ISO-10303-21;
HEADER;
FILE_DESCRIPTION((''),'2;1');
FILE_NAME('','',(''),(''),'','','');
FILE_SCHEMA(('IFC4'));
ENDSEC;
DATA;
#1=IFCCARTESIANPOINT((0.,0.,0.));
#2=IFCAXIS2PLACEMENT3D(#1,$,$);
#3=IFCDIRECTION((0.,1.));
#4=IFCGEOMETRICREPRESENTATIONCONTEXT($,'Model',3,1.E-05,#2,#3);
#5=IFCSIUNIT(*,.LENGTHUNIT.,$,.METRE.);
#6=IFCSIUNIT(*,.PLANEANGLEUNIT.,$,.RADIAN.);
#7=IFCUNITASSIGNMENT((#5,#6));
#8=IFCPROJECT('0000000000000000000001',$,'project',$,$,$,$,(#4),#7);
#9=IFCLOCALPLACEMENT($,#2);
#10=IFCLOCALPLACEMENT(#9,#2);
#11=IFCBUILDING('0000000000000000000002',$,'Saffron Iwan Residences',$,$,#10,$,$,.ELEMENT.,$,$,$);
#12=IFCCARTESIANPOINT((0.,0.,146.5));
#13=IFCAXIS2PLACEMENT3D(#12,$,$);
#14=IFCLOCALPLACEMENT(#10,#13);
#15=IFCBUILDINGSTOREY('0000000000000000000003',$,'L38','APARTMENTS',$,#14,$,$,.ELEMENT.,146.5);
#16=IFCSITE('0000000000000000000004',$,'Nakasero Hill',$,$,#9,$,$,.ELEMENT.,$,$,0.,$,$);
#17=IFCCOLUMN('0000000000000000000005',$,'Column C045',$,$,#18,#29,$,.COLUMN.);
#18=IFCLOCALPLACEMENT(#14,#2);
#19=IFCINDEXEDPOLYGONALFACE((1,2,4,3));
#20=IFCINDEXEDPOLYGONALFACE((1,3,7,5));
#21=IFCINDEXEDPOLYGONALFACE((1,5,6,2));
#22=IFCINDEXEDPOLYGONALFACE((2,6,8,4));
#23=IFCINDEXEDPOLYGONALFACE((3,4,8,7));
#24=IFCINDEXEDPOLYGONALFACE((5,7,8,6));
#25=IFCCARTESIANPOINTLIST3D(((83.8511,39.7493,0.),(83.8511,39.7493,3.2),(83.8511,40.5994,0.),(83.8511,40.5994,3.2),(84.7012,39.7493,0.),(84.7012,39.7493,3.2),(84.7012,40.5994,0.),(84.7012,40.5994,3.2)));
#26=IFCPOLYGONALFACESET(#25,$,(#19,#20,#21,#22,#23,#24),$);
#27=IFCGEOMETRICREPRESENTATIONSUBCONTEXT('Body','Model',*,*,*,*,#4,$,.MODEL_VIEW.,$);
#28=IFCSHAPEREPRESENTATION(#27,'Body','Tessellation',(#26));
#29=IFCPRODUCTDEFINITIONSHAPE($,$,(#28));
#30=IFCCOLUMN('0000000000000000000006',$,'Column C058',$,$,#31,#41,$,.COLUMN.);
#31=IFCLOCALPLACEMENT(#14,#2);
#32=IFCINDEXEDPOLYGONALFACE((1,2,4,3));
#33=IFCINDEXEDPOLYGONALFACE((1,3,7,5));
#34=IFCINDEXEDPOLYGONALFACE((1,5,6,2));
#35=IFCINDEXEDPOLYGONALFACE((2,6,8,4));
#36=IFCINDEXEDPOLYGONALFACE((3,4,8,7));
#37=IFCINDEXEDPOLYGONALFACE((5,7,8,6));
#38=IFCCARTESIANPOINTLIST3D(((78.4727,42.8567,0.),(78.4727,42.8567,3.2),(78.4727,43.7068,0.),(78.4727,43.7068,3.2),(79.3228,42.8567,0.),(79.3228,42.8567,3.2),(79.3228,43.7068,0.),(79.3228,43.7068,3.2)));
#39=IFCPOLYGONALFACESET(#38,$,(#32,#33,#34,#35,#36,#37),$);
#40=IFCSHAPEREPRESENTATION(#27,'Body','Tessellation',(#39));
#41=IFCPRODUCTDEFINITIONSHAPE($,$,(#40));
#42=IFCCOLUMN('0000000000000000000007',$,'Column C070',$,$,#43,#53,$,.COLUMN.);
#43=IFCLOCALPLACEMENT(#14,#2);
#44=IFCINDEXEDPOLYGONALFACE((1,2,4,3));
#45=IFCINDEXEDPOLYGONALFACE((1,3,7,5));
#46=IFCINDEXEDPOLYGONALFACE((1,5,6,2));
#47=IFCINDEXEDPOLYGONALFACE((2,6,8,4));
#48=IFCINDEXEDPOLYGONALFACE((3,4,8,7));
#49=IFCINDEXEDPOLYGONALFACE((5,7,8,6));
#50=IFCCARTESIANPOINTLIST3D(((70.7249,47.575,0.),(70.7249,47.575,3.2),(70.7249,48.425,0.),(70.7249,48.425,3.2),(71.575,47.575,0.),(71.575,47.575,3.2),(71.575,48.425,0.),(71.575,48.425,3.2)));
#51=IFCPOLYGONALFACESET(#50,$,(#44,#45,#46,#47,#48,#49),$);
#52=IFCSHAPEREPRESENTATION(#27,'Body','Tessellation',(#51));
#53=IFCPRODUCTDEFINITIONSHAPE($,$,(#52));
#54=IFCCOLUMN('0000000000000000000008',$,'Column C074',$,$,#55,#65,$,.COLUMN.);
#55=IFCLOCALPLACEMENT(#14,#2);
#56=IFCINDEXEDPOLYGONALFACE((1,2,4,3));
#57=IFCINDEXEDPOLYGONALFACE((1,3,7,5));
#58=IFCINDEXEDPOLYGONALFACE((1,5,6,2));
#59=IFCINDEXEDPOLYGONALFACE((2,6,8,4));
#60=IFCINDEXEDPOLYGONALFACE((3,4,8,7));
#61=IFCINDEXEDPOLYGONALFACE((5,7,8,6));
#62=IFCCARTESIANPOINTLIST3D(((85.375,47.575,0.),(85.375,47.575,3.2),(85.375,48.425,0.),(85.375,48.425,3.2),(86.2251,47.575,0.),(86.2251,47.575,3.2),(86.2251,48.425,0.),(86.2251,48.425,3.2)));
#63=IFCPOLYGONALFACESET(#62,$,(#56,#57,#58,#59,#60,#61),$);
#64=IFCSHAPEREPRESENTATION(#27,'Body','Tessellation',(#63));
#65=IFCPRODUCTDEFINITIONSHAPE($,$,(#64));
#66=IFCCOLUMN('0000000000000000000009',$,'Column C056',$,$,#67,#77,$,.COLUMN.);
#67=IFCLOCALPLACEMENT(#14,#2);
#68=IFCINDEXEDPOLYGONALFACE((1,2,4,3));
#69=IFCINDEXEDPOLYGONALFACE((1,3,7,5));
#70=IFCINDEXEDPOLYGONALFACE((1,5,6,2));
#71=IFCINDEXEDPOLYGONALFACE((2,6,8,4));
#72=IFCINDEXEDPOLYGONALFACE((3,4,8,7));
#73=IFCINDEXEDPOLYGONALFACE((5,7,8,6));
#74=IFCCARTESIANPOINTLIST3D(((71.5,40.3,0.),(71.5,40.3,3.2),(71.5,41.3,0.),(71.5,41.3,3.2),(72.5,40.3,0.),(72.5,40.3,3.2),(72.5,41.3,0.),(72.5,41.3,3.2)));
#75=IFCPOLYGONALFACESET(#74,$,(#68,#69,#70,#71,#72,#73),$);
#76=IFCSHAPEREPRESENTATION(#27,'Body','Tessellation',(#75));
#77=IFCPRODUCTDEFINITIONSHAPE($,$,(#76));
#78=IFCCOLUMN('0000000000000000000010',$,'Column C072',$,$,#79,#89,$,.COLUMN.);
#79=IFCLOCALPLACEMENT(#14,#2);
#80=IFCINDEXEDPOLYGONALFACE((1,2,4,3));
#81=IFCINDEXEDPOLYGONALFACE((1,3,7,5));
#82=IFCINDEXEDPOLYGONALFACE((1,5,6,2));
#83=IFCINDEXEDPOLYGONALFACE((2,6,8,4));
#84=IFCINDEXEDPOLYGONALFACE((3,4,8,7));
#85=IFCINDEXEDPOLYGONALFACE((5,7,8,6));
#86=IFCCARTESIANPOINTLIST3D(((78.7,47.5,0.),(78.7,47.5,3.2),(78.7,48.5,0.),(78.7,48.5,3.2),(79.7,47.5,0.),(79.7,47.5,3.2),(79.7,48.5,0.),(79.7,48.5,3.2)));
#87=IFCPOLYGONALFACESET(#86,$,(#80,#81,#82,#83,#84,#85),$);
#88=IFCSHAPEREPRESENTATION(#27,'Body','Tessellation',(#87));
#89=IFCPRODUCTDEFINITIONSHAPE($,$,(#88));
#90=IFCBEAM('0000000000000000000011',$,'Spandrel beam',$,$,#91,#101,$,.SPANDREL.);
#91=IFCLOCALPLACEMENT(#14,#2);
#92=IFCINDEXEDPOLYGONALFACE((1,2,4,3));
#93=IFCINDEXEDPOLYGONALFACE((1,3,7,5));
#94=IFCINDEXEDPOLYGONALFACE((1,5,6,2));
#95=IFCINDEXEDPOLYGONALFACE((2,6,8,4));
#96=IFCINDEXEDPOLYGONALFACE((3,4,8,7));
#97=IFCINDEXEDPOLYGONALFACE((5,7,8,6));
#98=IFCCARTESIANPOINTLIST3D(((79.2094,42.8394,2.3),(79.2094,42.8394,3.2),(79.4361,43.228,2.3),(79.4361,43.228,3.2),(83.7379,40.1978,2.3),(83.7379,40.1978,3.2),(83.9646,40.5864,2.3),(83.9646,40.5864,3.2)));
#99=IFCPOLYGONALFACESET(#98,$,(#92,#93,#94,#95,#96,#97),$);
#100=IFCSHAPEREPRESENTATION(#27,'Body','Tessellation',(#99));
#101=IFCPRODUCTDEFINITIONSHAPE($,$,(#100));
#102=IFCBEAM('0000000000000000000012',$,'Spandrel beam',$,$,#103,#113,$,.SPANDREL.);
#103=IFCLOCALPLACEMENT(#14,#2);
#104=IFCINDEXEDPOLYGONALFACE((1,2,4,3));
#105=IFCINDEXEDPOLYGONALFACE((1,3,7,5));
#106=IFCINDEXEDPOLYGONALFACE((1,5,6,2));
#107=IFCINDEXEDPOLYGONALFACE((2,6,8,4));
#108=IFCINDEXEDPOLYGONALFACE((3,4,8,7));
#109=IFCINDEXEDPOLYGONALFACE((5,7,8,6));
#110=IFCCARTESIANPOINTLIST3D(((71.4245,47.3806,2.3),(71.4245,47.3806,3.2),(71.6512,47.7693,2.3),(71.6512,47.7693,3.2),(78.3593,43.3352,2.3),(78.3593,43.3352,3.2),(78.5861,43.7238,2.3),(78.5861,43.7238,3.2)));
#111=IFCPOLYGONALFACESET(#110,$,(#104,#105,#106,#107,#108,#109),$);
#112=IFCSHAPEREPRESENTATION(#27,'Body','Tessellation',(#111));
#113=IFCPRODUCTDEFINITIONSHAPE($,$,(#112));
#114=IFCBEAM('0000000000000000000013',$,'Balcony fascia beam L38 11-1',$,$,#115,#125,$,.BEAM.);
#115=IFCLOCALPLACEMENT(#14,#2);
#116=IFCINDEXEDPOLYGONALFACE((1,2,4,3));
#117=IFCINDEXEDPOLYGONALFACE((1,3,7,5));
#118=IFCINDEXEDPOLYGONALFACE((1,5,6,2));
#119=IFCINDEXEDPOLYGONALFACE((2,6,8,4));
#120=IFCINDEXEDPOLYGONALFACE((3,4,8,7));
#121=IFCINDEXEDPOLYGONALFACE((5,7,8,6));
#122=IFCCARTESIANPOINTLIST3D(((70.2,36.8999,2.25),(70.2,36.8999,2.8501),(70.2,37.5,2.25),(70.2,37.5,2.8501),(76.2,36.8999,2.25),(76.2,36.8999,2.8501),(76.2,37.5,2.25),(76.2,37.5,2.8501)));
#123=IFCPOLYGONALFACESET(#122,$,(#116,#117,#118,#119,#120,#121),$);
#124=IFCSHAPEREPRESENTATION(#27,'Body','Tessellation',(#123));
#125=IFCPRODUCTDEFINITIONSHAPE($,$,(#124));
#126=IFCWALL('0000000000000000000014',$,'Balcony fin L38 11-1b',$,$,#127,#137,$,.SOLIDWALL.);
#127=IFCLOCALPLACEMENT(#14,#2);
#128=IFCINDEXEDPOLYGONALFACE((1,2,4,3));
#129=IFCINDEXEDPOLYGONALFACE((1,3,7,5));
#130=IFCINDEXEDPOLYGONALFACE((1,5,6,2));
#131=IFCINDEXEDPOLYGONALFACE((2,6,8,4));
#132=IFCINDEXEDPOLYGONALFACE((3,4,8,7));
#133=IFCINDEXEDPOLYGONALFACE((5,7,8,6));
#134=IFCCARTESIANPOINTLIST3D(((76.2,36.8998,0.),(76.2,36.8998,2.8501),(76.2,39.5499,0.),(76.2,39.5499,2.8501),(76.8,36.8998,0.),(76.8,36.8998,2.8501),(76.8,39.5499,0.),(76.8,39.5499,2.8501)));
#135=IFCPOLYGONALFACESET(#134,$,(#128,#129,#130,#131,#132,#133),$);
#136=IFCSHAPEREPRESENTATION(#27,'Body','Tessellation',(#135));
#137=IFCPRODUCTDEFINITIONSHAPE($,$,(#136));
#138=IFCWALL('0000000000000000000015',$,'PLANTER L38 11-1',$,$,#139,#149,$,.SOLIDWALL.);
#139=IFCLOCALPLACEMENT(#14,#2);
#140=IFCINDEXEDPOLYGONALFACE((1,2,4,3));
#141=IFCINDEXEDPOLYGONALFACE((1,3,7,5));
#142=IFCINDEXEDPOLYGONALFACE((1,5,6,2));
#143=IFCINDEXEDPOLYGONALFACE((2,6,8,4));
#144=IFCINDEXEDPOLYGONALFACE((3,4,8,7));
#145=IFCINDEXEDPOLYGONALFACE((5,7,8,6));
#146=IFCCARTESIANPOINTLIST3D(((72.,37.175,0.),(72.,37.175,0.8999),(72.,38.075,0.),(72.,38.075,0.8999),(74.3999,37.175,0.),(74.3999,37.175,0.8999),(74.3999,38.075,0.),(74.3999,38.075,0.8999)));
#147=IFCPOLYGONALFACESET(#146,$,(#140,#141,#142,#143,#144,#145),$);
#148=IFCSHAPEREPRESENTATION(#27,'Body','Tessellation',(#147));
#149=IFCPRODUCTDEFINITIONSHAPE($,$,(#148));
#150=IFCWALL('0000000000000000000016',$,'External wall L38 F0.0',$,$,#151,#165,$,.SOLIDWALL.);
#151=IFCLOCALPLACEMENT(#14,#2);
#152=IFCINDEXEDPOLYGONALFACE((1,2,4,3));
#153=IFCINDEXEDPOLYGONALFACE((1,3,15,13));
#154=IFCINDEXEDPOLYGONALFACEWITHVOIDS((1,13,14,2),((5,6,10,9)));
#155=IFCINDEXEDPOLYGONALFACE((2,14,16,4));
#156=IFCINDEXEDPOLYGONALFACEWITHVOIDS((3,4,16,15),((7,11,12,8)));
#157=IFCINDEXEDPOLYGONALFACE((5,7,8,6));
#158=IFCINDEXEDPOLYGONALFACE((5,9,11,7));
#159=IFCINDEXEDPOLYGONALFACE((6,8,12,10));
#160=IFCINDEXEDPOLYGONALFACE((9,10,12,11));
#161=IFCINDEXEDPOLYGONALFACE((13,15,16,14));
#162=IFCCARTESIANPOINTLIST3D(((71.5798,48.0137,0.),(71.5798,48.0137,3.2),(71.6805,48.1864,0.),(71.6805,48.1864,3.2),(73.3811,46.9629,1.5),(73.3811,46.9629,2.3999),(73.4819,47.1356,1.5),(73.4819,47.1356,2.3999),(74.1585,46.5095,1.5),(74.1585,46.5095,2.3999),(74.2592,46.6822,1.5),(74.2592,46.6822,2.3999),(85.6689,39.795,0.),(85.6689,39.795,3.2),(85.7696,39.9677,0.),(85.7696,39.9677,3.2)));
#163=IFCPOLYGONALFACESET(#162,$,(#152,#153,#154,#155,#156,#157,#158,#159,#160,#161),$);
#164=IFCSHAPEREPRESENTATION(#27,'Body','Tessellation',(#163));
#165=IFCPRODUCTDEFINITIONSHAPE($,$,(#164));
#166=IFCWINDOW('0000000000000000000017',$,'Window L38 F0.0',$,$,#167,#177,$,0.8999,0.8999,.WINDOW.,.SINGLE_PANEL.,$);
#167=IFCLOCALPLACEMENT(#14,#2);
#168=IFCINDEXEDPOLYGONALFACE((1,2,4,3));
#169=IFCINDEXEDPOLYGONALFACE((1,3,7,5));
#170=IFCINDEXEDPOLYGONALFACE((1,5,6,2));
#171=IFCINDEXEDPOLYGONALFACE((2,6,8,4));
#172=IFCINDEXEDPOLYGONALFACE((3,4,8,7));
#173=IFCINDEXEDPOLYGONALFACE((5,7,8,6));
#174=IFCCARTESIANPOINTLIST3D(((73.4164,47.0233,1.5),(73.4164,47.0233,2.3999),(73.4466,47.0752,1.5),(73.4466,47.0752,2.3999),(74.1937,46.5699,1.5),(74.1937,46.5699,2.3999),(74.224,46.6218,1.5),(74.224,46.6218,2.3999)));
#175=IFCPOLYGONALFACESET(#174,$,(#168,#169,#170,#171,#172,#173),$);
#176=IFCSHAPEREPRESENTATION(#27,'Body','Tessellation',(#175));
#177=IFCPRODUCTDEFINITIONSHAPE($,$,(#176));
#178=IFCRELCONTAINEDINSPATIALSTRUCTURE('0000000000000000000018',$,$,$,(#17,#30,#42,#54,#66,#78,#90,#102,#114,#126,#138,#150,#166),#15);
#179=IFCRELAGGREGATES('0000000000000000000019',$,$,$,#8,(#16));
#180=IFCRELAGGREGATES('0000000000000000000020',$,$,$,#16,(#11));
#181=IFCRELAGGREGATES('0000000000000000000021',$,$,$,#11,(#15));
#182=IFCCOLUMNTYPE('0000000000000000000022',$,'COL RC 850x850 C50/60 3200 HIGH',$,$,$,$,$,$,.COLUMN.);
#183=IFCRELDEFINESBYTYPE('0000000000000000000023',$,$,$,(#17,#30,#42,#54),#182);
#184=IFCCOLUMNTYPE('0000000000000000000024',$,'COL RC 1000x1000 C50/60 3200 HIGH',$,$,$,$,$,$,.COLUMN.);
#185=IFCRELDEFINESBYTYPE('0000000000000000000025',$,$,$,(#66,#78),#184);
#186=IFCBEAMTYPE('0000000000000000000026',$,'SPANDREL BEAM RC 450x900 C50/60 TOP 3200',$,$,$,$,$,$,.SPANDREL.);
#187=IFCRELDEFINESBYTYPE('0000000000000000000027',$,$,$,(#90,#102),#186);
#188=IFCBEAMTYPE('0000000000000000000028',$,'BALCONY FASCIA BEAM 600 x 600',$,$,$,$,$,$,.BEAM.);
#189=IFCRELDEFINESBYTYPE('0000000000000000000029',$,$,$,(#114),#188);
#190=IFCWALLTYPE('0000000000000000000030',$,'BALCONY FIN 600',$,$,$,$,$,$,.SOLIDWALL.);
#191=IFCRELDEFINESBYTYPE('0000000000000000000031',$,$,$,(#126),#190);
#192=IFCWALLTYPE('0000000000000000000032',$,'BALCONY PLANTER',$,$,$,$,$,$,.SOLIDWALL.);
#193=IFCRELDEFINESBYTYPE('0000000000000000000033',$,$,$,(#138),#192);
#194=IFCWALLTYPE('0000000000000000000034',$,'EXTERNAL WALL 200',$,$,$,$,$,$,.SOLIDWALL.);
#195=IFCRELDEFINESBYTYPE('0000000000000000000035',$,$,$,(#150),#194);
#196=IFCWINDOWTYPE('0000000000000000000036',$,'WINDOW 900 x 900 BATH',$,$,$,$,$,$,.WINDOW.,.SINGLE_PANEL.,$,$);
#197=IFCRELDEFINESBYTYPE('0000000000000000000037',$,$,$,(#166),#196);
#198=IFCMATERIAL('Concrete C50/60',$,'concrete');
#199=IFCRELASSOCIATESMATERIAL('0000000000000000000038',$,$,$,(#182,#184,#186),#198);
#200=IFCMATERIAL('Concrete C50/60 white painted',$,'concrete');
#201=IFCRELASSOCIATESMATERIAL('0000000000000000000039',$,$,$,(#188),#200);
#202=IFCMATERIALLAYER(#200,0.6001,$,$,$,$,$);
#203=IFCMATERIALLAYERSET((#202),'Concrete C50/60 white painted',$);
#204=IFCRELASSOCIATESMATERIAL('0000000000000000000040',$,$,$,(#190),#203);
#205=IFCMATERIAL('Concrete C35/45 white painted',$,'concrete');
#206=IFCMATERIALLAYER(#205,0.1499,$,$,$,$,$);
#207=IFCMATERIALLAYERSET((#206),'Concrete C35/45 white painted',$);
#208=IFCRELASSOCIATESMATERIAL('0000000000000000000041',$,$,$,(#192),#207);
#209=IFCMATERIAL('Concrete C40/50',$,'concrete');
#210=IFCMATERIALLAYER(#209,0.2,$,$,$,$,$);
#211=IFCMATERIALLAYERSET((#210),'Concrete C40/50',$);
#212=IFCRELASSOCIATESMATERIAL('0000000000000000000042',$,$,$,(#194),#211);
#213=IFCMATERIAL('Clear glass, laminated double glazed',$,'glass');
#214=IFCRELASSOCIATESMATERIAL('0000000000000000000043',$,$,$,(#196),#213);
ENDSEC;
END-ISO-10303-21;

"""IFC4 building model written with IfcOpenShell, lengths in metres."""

from ifc_helpers import new_model, si_unit, direction, frame, frame_2d, origin, origin_2d, place, context, subcontext, project, spatial, rectangle, extrude, source, transform, mapped, material, layer, layer_set, material_profile, profile_set, type_object, element, fill, save


model = new_model("IFC4")

# Units and contexts
model_context = context("Model", 3, precision=1e-05, world=origin(), true_north=direction((0.0, 1.0)))
body_context = subcontext(model_context, "Body", "Model", "MODEL_VIEW")
ifc_project = project(units=[si_unit("LENGTHUNIT", "METRE"), si_unit("PLANEANGLEUNIT", "RADIAN")], contexts=[model_context])

# Site, building, storey
site_placement = place(None, origin())
site = spatial("IfcSite", under=ifc_project, at=site_placement, Name="Nakasero Hill", CompositionType="ELEMENT", RefElevation=0.0)
building_placement = place(site_placement, origin())
building = spatial("IfcBuilding", under=site, at=building_placement, Name="Saffron Iwan Residences", CompositionType="ELEMENT")
storey_placement = place(building_placement, frame((0.0, 0.0, 146.5)))
storey = spatial("IfcBuildingStorey", under=building, at=storey_placement, Name="L38", Description="APARTMENTS", CompositionType="ELEMENT", Elevation=146.5)

# Columns
ifc_material_1 = material(Name="Concrete C50/60", Category="concrete")
ifc_material_profile_1 = material_profile(ifc_material_1, rectangle(XDim=0.8501, YDim=0.8501, at=origin_2d()), Name="RC 850x850")
ifc_profile_set_1 = profile_set([ifc_material_profile_1], Name="Concrete C50/60")
column_type_1 = type_object("IfcColumnType", Name="COL RC 850x850 C50/60 3200 HIGH", PredefinedType="COLUMN", material=ifc_profile_set_1)
shared_shape_1 = source(origin(), body_context, "Body", "SweptSolid", [
    extrude(rectangle(XDim=0.8501, YDim=0.8501, at=origin_2d()), origin(), (0.0, 0.0, 1.0), 3.2),
])
for number, where, z_axis, x_axis, name in (
    (1, (84.2761, 40.1743, 0.0), (0.0, 0.0, 1.0), (1.0, 0.0, 0.0), "Column C045"),
    (2, (78.8977, 43.2817, 0.0), (0.0, 0.0, 1.0), (1.0, 0.0, 0.0), "Column C058"),
    (3, (71.1499, 48.0, 0.0), (0.0, 0.0, 1.0), (1.0, 0.0, 0.0), "Column C070"),
    (4, (85.8, 48.0, 0.0), (0.0, 0.0, 1.0), (1.0, 0.0, 0.0), "Column C074"),
):
    element("IfcColumn", number, at=place(storey_placement, frame(where, z_axis=z_axis, x_axis=x_axis)), inside=storey, type_object=column_type_1, Name=name, PredefinedType="COLUMN", context=body_context, shape_type="MappedRepresentation", body=[
        mapped(shared_shape_1, transform((0.0, 0.0, 0.0))),
    ])
ifc_material_profile_2 = material_profile(ifc_material_1, rectangle(XDim=1.0, YDim=1.0, at=origin_2d()), Name="RC 1000x1000")
ifc_profile_set_2 = profile_set([ifc_material_profile_2], Name="Concrete C50/60")
column_type_2 = type_object("IfcColumnType", Name="COL RC 1000x1000 C50/60 3200 HIGH", PredefinedType="COLUMN", material=ifc_profile_set_2)
shared_shape_2 = source(origin(), body_context, "Body", "SweptSolid", [
    extrude(rectangle(XDim=1.0, YDim=1.0, at=origin_2d()), origin(), (0.0, 0.0, 1.0), 3.2),
])
for number, where, z_axis, x_axis, name in (
    (5, (72.0, 40.8, 0.0), (0.0, 0.0, 1.0), (1.0, 0.0, 0.0), "Column C056"),
    (6, (79.2, 48.0, 0.0), (0.0, 0.0, 1.0), (1.0, 0.0, 0.0), "Column C072"),
):
    element("IfcColumn", number, at=place(storey_placement, frame(where, z_axis=z_axis, x_axis=x_axis)), inside=storey, type_object=column_type_2, Name=name, PredefinedType="COLUMN", context=body_context, shape_type="MappedRepresentation", body=[
        mapped(shared_shape_2, transform((0.0, 0.0, 0.0))),
    ])

# Beams
ifc_material_profile_3 = material_profile(ifc_material_1, rectangle(XDim=0.45, YDim=0.8999, at=origin_2d()), Name="RC 450x900")
ifc_profile_set_3 = profile_set([ifc_material_profile_3], Name="Concrete C50/60")
beam_type_1 = type_object("IfcBeamType", Name="SPANDREL BEAM RC 450x900 C50/60 TOP 3200", PredefinedType="SPANDREL", material=ifc_profile_set_3)
shared_shape_3 = source(origin(), body_context, "Body", "SweptSolid", [
    extrude(rectangle(XDim=0.45, YDim=0.8999, at=origin_2d()), origin(), (0.0, 0.0, 1.0), 5.2427),
])
beam_1_placement = place(storey_placement, frame((79.3228, 43.0337, 2.75), z_axis=(0.863784, -0.503862, 0.0), x_axis=(0.503862, 0.863784, 0.0)))
element("IfcBeam", 7, at=beam_1_placement, inside=storey, type_object=beam_type_1, Name="Spandrel beam", PredefinedType="SPANDREL", context=body_context, shape_type="MappedRepresentation", body=[
    mapped(shared_shape_3, transform((0.0, 0.0, 0.0))),
])
shared_shape_4 = source(origin(), body_context, "Body", "SweptSolid", [
    extrude(rectangle(XDim=0.45, YDim=0.8999, at=origin_2d()), origin(), (0.0, 0.0, 1.0), 8.0286),
])
beam_2_placement = place(storey_placement, frame((71.5378, 47.575, 2.75), z_axis=(0.863773, -0.50388, 0.0), x_axis=(0.50388, 0.863773, 0.0)))
element("IfcBeam", 8, at=beam_2_placement, inside=storey, type_object=beam_type_1, Name="Spandrel beam", PredefinedType="SPANDREL", context=body_context, shape_type="MappedRepresentation", body=[
    mapped(shared_shape_4, transform((0.0, 0.0, 0.0))),
])
ifc_material_2 = material(Name="Concrete C50/60 white painted", Category="concrete")
ifc_material_profile_4 = material_profile(ifc_material_2, rectangle(XDim=0.6001, YDim=0.6001, at=origin_2d()), Name="BALCONY FASCIA BEAM 600 x 600")
ifc_profile_set_4 = profile_set([ifc_material_profile_4], Name="Concrete C50/60 white painted")
beam_type_2 = type_object("IfcBeamType", Name="BALCONY FASCIA BEAM 600 x 600", PredefinedType="BEAM", material=ifc_profile_set_4)
shared_shape_5 = source(origin(), body_context, "Body", "SweptSolid", [
    extrude(rectangle(XDim=0.6001, YDim=0.6001, at=origin_2d()), origin(), (0.0, 0.0, 1.0), 6.0),
])
beam_3_placement = place(storey_placement, frame((70.2, 37.2, 2.55), z_axis=(1.0, 0.0, 0.0), x_axis=(0.0, 1.0, 0.0)))
element("IfcBeam", 9, at=beam_3_placement, inside=storey, type_object=beam_type_2, Name="Balcony fascia beam L38 11-1", PredefinedType="BEAM", context=body_context, shape_type="MappedRepresentation", body=[
    mapped(shared_shape_5, transform((0.0, 0.0, 0.0))),
])

# Walls
ifc_layer_1 = layer(ifc_material_2, 0.6001)
ifc_layer_set_1 = layer_set([ifc_layer_1], Name="Concrete C50/60 white painted")
wall_type_1 = type_object("IfcWallType", Name="BALCONY FIN 600", PredefinedType="SOLIDWALL", material=ifc_layer_set_1)
wall_1_placement = place(storey_placement, frame((76.5, 39.55, 0.0), z_axis=(0.0, 0.0, 1.0), x_axis=(0.0, -1.0, 0.0)))
element("IfcWall", 10, at=wall_1_placement, inside=storey, type_object=wall_type_1, Name="Balcony fin L38 11-1b", PredefinedType="SOLIDWALL", context=body_context, shape_type="SweptSolid", body=[
    extrude(rectangle(XDim=2.6501, YDim=0.6001, at=frame_2d((1.3252, 0.0))), origin(), (0.0, 0.0, 1.0), 2.8501),
])
ifc_material_3 = material(Name="Concrete C35/45 white painted", Category="concrete")
ifc_layer_2 = layer(ifc_material_3, 0.1499)
ifc_layer_set_2 = layer_set([ifc_layer_2], Name="Concrete C35/45 white painted")
wall_type_2 = type_object("IfcWallType", Name="BALCONY PLANTER", PredefinedType="SOLIDWALL", material=ifc_layer_set_2)
wall_2_placement = place(storey_placement, frame((72.0, 37.625, 0.0), z_axis=(0.0, 0.0, 1.0), x_axis=(1.0, 0.0, 0.0)))
element("IfcWall", 11, at=wall_2_placement, inside=storey, type_object=wall_type_2, Name="PLANTER L38 11-1", PredefinedType="SOLIDWALL", context=body_context, shape_type="SweptSolid", body=[
    extrude(rectangle(XDim=2.3999, YDim=0.8999, at=frame_2d((1.2, 0.0))), origin(), (0.0, 0.0, 1.0), 0.8999),
])

# Wall, opening, window
ifc_material_4 = material(Name="Concrete C40/50", Category="concrete")
ifc_layer_3 = layer(ifc_material_4, 0.2)
ifc_layer_set_3 = layer_set([ifc_layer_3], Name="Concrete C40/50")
wall_type_3 = type_object("IfcWallType", Name="EXTERNAL WALL 200", PredefinedType="SOLIDWALL", material=ifc_layer_set_3)
wall_3_placement = place(storey_placement, frame((85.7192, 39.8813, 0.0), z_axis=(0.0, 0.0, 1.0), x_axis=(-0.863776, 0.503876, 0.0)))
wall_3 = element("IfcWall", 12, at=wall_3_placement, inside=storey, type_object=wall_type_3, Name="External wall L38 F0.0", PredefinedType="SOLIDWALL", context=body_context, shape_type="SweptSolid", body=[
    extrude(rectangle(XDim=16.311, YDim=0.2, at=frame_2d((8.1555, 0.0))), origin(), (0.0, 0.0, 1.0), 3.2),
])
opening_1_placement = place(wall_3_placement, frame((13.3257, 0.0, 1.5)))
opening_1 = element("IfcOpeningElement", 13, at=opening_1_placement, cuts=wall_3, PredefinedType="OPENING", context=body_context, shape_type="SweptSolid", body=[
    extrude(rectangle(XDim=0.8999, YDim=0.8999, at=frame_2d((0.45, 0.45))), frame((0.0, 0.1099, 0.0), z_axis=(0.0, -1.0, 0.0), x_axis=(1.0, 0.0, 0.0)), (0.0, 0.0, 1.0), 0.22),
])
ifc_material_5 = material(Name="Clear glass, laminated double glazed", Category="glass")
window_type_1 = type_object("IfcWindowType", Name="WINDOW 900 x 900 BATH", PartitioningType="SINGLE_PANEL", PredefinedType="WINDOW", material=ifc_material_5)
window_1_placement = place(opening_1_placement, origin())
window_1 = element("IfcWindow", 14, at=window_1_placement, inside=storey, type_object=window_type_1, Name="Window L38 F0.0", OverallHeight=0.8999, OverallWidth=0.8999, PartitioningType="SINGLE_PANEL", PredefinedType="WINDOW", context=body_context, shape_type="SweptSolid", body=[
    extrude(rectangle(XDim=0.8999, YDim=0.8999, at=frame_2d((0.45, 0.45))), frame((0.0, 0.03, 0.0), z_axis=(0.0, -1.0, 0.0), x_axis=(1.0, 0.0, 0.0)), (0.0, 0.0, 1.0), 0.0601),
])
fill(opening_1, window_1)

save(model, "model.ifc")
